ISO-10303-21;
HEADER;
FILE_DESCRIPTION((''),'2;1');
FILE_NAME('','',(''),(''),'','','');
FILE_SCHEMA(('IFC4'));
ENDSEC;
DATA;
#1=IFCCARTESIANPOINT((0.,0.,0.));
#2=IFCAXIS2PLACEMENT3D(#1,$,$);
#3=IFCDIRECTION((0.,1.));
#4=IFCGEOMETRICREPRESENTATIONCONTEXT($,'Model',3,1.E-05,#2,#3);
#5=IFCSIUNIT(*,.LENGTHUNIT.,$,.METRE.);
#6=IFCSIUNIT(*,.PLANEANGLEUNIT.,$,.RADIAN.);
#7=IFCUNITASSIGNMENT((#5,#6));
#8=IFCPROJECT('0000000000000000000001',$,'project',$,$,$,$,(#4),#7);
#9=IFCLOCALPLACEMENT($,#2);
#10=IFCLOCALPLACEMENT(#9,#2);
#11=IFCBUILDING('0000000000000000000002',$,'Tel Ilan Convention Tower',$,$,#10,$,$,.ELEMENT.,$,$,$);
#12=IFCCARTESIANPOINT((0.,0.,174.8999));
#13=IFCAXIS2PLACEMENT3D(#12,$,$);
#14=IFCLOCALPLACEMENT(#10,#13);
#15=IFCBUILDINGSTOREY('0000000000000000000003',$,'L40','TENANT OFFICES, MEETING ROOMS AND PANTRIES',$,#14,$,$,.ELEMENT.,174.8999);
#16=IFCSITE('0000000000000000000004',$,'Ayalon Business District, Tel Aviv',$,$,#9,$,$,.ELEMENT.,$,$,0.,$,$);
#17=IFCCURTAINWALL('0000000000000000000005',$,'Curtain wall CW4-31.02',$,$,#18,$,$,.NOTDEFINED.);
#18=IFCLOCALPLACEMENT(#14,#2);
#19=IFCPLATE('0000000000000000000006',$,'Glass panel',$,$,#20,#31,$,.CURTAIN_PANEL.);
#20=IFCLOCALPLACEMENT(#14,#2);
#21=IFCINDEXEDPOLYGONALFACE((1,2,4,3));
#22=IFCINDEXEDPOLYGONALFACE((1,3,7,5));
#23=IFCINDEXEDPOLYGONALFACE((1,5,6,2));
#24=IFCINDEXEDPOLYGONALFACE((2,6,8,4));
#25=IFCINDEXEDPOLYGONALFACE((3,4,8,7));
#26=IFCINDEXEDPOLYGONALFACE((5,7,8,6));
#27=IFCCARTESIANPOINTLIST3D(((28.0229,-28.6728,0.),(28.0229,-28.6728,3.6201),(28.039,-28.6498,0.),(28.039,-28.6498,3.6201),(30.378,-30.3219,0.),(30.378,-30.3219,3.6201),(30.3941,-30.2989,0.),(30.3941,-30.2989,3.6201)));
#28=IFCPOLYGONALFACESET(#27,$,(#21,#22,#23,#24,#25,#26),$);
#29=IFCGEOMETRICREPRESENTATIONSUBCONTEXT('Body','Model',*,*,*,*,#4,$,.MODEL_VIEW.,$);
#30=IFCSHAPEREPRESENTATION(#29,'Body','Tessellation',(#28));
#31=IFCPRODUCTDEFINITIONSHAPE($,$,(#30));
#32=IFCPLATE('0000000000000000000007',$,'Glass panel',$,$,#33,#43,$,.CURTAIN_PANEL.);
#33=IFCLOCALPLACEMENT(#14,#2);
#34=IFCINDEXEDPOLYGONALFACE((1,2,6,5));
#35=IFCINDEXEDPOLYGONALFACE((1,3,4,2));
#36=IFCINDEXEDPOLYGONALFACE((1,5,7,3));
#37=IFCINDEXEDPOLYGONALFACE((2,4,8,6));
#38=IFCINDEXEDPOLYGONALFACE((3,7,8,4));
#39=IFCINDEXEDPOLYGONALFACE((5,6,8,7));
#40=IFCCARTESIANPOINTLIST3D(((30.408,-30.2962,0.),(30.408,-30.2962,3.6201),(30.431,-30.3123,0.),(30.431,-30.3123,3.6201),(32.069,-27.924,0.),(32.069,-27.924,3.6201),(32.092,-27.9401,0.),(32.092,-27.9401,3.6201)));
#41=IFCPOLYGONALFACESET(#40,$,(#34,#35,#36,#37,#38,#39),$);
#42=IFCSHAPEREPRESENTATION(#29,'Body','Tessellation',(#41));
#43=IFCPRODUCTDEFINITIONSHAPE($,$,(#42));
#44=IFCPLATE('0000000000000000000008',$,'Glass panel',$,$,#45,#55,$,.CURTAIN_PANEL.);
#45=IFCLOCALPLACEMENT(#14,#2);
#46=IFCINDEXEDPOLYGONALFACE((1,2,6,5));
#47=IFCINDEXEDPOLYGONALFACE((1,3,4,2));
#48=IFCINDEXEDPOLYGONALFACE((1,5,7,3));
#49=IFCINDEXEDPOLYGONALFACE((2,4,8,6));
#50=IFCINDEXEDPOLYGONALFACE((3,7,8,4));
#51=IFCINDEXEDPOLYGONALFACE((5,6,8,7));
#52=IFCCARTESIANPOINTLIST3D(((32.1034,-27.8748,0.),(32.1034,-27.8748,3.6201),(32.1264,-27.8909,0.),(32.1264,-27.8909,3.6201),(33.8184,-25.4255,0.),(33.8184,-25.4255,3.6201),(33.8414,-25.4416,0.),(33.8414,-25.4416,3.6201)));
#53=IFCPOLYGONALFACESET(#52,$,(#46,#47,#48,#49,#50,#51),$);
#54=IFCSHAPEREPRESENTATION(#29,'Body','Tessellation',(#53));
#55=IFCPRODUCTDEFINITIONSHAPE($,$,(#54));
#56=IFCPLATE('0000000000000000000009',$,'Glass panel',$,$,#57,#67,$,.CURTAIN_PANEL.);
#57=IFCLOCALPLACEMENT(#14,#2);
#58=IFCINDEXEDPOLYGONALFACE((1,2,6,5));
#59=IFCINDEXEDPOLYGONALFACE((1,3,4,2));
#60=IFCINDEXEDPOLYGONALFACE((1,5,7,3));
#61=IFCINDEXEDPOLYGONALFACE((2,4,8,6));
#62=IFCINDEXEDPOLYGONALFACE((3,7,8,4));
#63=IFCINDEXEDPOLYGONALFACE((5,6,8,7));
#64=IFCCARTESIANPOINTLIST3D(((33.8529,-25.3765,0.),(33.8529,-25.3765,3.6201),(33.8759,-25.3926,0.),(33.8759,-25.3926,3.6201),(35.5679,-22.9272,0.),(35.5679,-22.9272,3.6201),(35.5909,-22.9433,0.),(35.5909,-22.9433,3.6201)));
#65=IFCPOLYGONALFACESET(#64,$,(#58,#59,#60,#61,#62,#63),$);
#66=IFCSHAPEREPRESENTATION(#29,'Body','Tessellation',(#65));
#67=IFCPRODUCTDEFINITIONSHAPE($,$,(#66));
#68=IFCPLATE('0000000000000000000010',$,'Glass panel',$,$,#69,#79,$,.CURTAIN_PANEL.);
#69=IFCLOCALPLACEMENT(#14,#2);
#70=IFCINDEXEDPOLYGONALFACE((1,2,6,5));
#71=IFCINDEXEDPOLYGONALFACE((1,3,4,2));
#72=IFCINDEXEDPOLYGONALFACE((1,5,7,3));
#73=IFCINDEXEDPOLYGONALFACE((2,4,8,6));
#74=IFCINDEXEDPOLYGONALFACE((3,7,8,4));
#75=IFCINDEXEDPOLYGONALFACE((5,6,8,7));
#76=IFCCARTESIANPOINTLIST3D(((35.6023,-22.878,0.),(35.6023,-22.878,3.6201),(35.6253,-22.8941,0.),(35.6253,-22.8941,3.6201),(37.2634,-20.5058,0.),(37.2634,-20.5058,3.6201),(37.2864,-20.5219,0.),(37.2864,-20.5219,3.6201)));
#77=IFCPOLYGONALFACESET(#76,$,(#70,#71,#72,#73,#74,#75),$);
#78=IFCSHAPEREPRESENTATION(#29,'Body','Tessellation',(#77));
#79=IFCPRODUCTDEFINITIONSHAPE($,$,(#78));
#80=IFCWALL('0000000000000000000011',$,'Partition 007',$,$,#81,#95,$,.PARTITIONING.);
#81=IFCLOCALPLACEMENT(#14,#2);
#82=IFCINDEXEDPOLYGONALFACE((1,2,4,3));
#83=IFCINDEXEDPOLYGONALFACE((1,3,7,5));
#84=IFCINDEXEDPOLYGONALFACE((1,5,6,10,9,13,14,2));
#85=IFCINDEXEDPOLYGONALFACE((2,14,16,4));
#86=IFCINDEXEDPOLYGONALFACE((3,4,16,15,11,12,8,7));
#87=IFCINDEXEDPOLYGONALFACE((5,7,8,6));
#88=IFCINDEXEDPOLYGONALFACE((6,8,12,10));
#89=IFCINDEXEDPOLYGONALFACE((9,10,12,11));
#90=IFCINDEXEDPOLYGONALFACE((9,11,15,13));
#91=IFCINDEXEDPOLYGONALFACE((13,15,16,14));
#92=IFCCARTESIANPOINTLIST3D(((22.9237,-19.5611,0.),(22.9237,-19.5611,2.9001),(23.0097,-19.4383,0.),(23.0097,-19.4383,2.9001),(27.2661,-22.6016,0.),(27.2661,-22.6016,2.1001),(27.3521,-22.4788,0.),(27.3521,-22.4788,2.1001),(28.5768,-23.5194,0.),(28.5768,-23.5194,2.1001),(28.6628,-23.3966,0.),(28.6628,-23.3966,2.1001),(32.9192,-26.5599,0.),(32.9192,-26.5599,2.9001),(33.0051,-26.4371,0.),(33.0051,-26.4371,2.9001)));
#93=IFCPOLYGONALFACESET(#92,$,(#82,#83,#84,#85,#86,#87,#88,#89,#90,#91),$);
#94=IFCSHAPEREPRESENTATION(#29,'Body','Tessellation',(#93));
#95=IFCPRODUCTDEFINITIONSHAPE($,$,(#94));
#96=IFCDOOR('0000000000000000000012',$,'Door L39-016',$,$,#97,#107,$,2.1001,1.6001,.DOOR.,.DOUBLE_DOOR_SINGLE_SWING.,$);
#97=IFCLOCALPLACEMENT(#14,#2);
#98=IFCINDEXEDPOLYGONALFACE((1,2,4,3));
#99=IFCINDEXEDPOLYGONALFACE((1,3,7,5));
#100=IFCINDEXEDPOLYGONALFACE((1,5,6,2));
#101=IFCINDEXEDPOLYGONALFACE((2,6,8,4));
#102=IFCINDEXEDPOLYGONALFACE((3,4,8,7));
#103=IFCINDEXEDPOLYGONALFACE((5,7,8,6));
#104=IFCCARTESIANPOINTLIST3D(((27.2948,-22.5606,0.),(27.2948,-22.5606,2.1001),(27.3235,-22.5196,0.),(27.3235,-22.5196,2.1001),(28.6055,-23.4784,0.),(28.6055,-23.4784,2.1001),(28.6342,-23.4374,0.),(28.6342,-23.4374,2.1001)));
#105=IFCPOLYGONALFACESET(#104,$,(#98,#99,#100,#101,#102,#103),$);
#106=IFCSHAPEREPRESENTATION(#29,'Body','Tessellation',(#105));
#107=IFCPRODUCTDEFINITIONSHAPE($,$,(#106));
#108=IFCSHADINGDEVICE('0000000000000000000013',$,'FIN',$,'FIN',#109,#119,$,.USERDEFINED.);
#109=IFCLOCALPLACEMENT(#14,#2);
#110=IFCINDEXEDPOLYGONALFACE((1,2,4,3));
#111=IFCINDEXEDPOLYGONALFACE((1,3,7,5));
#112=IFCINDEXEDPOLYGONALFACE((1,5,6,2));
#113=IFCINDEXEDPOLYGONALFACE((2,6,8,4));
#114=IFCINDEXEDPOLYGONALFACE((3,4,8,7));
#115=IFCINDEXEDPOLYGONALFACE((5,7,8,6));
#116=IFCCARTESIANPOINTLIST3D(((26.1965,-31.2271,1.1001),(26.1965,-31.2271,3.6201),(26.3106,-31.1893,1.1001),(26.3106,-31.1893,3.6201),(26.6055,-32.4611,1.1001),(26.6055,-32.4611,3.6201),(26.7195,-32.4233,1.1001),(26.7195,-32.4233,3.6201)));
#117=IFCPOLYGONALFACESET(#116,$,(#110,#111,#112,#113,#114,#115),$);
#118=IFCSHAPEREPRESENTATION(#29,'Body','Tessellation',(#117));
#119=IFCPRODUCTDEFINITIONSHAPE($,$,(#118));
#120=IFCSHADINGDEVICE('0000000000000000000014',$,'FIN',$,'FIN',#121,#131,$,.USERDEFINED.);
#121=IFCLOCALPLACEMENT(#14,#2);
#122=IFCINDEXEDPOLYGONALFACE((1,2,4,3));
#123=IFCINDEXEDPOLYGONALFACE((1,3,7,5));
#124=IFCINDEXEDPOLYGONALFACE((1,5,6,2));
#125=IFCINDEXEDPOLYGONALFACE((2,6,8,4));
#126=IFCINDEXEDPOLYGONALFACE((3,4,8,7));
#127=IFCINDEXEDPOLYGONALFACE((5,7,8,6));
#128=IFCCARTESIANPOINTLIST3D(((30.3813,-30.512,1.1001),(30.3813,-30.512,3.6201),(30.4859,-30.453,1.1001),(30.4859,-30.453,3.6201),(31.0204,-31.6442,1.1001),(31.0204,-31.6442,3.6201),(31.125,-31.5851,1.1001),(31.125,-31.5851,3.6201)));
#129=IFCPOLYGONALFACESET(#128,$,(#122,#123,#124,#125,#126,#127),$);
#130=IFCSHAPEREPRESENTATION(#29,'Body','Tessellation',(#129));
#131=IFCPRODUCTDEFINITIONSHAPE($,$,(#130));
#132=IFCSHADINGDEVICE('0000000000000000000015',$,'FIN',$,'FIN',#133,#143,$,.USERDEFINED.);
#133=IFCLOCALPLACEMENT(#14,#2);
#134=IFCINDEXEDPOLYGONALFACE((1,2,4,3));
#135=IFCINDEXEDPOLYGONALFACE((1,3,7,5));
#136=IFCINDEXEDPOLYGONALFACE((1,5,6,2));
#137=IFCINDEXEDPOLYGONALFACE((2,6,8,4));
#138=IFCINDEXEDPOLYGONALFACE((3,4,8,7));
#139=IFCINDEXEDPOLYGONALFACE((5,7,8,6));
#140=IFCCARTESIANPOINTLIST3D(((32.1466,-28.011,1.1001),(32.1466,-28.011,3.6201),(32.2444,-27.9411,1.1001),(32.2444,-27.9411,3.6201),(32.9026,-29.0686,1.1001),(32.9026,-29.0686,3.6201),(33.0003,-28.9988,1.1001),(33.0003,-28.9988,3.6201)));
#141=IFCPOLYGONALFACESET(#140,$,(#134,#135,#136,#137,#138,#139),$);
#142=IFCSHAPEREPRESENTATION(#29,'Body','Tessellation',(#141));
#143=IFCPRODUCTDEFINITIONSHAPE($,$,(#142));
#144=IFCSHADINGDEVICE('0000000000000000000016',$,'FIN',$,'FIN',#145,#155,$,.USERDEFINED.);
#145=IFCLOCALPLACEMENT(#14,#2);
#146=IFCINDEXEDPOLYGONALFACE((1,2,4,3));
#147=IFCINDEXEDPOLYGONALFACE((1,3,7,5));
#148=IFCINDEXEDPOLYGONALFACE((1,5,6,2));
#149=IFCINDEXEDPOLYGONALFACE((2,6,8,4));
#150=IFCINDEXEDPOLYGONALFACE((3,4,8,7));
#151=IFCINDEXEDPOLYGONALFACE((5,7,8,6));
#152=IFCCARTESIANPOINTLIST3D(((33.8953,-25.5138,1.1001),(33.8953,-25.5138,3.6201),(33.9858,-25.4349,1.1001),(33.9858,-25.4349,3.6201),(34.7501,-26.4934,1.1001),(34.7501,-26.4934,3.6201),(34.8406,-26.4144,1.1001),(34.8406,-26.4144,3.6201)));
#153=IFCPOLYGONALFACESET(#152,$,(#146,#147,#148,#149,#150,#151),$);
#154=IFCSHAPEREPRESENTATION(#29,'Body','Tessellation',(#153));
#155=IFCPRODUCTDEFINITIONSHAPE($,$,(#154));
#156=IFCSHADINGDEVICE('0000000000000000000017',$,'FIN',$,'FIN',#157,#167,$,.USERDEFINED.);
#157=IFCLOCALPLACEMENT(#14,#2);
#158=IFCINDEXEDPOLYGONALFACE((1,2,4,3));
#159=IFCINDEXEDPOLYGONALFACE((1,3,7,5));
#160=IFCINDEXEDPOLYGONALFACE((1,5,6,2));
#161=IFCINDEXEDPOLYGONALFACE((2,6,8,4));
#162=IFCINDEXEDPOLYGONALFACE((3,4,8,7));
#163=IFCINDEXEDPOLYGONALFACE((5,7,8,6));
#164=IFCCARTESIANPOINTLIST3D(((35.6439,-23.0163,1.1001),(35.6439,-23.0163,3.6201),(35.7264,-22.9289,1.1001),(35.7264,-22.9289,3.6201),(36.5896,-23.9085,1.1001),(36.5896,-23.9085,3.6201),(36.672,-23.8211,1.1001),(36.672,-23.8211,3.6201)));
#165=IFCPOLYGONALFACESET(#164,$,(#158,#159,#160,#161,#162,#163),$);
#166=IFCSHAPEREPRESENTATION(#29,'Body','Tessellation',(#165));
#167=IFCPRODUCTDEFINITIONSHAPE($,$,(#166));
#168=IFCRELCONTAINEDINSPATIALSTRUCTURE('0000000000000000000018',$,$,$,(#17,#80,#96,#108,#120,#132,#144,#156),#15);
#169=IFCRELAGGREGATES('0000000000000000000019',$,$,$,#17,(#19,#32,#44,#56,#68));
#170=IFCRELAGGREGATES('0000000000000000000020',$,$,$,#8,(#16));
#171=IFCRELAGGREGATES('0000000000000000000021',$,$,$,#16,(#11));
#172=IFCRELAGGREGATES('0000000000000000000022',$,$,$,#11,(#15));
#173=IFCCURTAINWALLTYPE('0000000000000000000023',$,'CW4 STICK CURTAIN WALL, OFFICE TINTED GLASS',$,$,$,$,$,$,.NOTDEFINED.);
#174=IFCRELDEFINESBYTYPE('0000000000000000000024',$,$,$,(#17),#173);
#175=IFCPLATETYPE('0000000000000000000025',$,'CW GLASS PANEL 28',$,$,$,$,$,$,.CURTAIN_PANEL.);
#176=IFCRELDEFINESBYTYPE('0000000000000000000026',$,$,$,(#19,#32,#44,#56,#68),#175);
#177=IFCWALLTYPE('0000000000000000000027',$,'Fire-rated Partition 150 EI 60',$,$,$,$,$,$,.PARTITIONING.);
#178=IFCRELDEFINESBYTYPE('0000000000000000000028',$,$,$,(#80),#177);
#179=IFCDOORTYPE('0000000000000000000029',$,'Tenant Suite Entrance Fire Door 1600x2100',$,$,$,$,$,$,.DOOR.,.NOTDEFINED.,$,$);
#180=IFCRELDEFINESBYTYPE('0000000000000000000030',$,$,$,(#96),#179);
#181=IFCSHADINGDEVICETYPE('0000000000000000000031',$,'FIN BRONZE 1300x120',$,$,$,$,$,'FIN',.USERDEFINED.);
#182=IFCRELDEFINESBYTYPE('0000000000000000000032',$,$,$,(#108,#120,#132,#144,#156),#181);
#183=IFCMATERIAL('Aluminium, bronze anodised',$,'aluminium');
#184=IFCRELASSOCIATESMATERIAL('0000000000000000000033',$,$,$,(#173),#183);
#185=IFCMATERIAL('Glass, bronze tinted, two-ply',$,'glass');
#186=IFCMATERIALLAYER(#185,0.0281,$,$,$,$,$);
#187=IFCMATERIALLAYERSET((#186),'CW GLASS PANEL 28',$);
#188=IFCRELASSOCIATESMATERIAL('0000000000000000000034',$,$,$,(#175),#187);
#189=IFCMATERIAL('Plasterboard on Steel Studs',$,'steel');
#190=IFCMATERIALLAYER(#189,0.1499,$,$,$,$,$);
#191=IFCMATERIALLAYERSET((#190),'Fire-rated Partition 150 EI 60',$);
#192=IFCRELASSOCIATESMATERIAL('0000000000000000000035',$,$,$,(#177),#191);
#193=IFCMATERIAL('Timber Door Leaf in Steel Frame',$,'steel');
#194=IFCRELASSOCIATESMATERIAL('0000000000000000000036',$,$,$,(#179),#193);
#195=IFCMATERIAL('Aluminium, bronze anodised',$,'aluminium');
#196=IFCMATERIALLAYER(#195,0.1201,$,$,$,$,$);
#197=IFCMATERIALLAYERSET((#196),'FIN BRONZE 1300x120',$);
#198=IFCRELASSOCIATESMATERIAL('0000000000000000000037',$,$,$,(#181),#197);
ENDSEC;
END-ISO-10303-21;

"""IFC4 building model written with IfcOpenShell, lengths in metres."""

from ifc_helpers import new_model, si_unit, direction, frame, frame_2d, origin, origin_2d, place, context, subcontext, project, spatial, rectangle, extrude, material, layer, layer_set, type_object, element, fill, aggregate, save


model = new_model("IFC4")

# Units and contexts
model_context = context("Model", 3, precision=1e-05, world=origin(), true_north=direction((0.0, 1.0)))
body_context = subcontext(model_context, "Body", "Model", "MODEL_VIEW")
ifc_project = project(units=[si_unit("LENGTHUNIT", "METRE"), si_unit("PLANEANGLEUNIT", "RADIAN")], contexts=[model_context])

# Site, building, storey
site_placement = place(None, origin())
site = spatial("IfcSite", under=ifc_project, at=site_placement, Name="Ayalon Business District, Tel Aviv", CompositionType="ELEMENT", RefElevation=0.0)
building_placement = place(site_placement, origin())
building = spatial("IfcBuilding", under=site, at=building_placement, Name="Tel Ilan Convention Tower", CompositionType="ELEMENT")
storey_placement = place(building_placement, frame((0.0, 0.0, 174.8999)))
storey = spatial("IfcBuildingStorey", under=building, at=storey_placement, Name="L40", Description="TENANT OFFICES, MEETING ROOMS AND PANTRIES", CompositionType="ELEMENT", Elevation=174.8999)

# Curtain wall, plates
ifc_material_1 = material(Name="Aluminium, bronze anodised", Category="aluminium")
curtain_wall_type = type_object("IfcCurtainWallType", Name="CW4 STICK CURTAIN WALL, OFFICE TINTED GLASS", PredefinedType="NOTDEFINED", material=ifc_material_1)
curtain_wall_placement = place(storey_placement, origin())
curtain_wall = element("IfcCurtainWall", 1, at=curtain_wall_placement, inside=storey, type_object=curtain_wall_type, Name="Curtain wall CW4-31.02", PredefinedType="NOTDEFINED")
ifc_material_2 = material(Name="Glass, bronze tinted, two-ply", Category="glass")
ifc_layer_1 = layer(ifc_material_2, 0.0281)
ifc_layer_set_1 = layer_set([ifc_layer_1], Name="CW GLASS PANEL 28")
plate_type = type_object("IfcPlateType", Name="CW GLASS PANEL 28", PredefinedType="CURTAIN_PANEL", material=ifc_layer_set_1)
plate_1_placement = place(storey_placement, frame((29.2085, -29.4858, 0.0), z_axis=(0.0, 0.0, 1.0), x_axis=(0.819152, -0.573576, 0.0)))
plate_1 = element("IfcPlate", 2, at=plate_1_placement, type_object=plate_type, Name="Glass panel", PredefinedType="CURTAIN_PANEL", context=body_context, shape_type="SweptSolid", body=[
    extrude(rectangle(XDim=2.875, YDim=0.0281, at=origin_2d()), origin(), (0.0, 0.0, 1.0), 3.6201),
])
plate_2_placement = place(storey_placement, frame((31.25, -29.1182, 0.0), z_axis=(0.0, 0.0, 1.0), x_axis=(0.573576, 0.819152, 0.0)))
plate_2 = element("IfcPlate", 3, at=plate_2_placement, type_object=plate_type, Name="Glass panel", PredefinedType="CURTAIN_PANEL", context=body_context, shape_type="SweptSolid", body=[
    extrude(rectangle(XDim=2.896, YDim=0.0281, at=origin_2d()), origin(), (0.0, 0.0, 1.0), 3.6201),
])
plate_3_placement = place(storey_placement, frame((32.9724, -26.6582, 0.0), z_axis=(0.0, 0.0, 1.0), x_axis=(0.573576, 0.819152, 0.0)))
plate_3 = element("IfcPlate", 4, at=plate_3_placement, type_object=plate_type, Name="Glass panel", PredefinedType="CURTAIN_PANEL", context=body_context, shape_type="SweptSolid", body=[
    extrude(rectangle(XDim=2.99, YDim=0.0281, at=origin_2d()), origin(), (0.0, 0.0, 1.0), 3.6201),
])
plate_4_placement = place(storey_placement, frame((34.7219, -24.1599, 0.0), z_axis=(0.0, 0.0, 1.0), x_axis=(0.573576, 0.819152, 0.0)))
plate_4 = element("IfcPlate", 5, at=plate_4_placement, type_object=plate_type, Name="Glass panel", PredefinedType="CURTAIN_PANEL", context=body_context, shape_type="SweptSolid", body=[
    extrude(rectangle(XDim=2.99, YDim=0.0281, at=origin_2d()), origin(), (0.0, 0.0, 1.0), 3.6201),
])
plate_5_placement = place(storey_placement, frame((36.4443, -21.7, 0.0), z_axis=(0.0, 0.0, 1.0), x_axis=(0.573576, 0.819152, 0.0)))
plate_5 = element("IfcPlate", 6, at=plate_5_placement, type_object=plate_type, Name="Glass panel", PredefinedType="CURTAIN_PANEL", context=body_context, shape_type="SweptSolid", body=[
    extrude(rectangle(XDim=2.896, YDim=0.0281, at=origin_2d()), origin(), (0.0, 0.0, 1.0), 3.6201),
])
aggregate(curtain_wall, [plate_1, plate_2, plate_3, plate_4, plate_5])

# Wall, opening, door
ifc_material_3 = material(Name="Plasterboard on Steel Studs", Category="steel")
ifc_layer_2 = layer(ifc_material_3, 0.1499)
ifc_layer_set_2 = layer_set([ifc_layer_2], Name="Fire-rated Partition 150 EI 60")
wall_type = type_object("IfcWallType", Name="Fire-rated Partition 150 EI 60", PredefinedType="PARTITIONING", material=ifc_layer_set_2)
wall_placement = place(storey_placement, frame((32.9622, -26.4985, 0.0), z_axis=(0.0, 0.0, 1.0), x_axis=(-0.819154, 0.573574, 0.0)))
wall = element("IfcWall", 7, at=wall_placement, inside=storey, type_object=wall_type, Name="Partition 007", PredefinedType="PARTITIONING", context=body_context, shape_type="SweptSolid", body=[
    extrude(rectangle(XDim=12.2021, YDim=0.1499, at=frame_2d((6.1011, 0.0))), origin(), (0.0, 0.0, 1.0), 2.9001),
])
opening_placement = place(wall_placement, frame((5.301, 0.0, 0.0)))
opening = element("IfcOpeningElement", 8, at=opening_placement, cuts=wall, PredefinedType="OPENING", context=body_context, shape_type="SweptSolid", body=[
    extrude(rectangle(XDim=1.6001, YDim=2.1001, at=frame_2d((0.8, 1.05))), frame((0.0, 0.085, 0.0), z_axis=(0.0, -1.0, 0.0), x_axis=(1.0, 0.0, 0.0)), (0.0, 0.0, 1.0), 0.1699),
])
ifc_material_4 = material(Name="Timber Door Leaf in Steel Frame", Category="steel")
door_type = type_object("IfcDoorType", Name="Tenant Suite Entrance Fire Door 1600x2100", OperationType="NOTDEFINED", PredefinedType="DOOR", material=ifc_material_4)
door_placement = place(opening_placement, origin())
door = element("IfcDoor", 9, at=door_placement, inside=storey, type_object=door_type, Name="Door L39-016", OperationType="DOUBLE_DOOR_SINGLE_SWING", OverallHeight=2.1001, OverallWidth=1.6001, PredefinedType="DOOR", context=body_context, shape_type="SweptSolid", body=[
    extrude(rectangle(XDim=1.6001, YDim=2.1001, at=frame_2d((0.8, 1.05))), frame((0.0, 0.0249, 0.0), z_axis=(0.0, -1.0, 0.0), x_axis=(1.0, 0.0, 0.0)), (0.0, 0.0, 1.0), 0.05),
])
fill(opening, door)

# Shading devices
ifc_material_5 = material(Name="Aluminium, bronze anodised", Category="aluminium")
ifc_layer_3 = layer(ifc_material_5, 0.1201)
ifc_layer_set_3 = layer_set([ifc_layer_3], Name="FIN BRONZE 1300x120")
shading_device_type = type_object("IfcShadingDeviceType", Name="FIN BRONZE 1300x120", ElementType="FIN", PredefinedType="USERDEFINED", material=ifc_layer_set_3)
for number, where, z_axis, x_axis, name in (
    (10, (26.458, -31.8252, 1.1001), (0.0, 0.0, 1.0), (0.314545, -0.949243, 0.0), "FIN"),
    (11, (30.7532, -31.0486, 1.1001), (0.0, 0.0, 1.0), (0.491579, -0.870833, 0.0), "FIN"),
    (12, (32.5735, -28.5049, 1.1001), (0.0, 0.0, 1.0), (0.581492, -0.813552, 0.0), "FIN"),
    (13, (34.3679, -25.9641, 1.1001), (0.0, 0.0, 1.0), (0.657521, -0.753436, 0.0), "FIN"),
    (14, (36.158, -23.4187, 1.1001), (0.0, 0.0, 1.0), (0.727374, -0.686242, 0.0), "FIN"),
):
    element("IfcShadingDevice", number, at=place(storey_placement, frame(where, z_axis=z_axis, x_axis=x_axis)), inside=storey, type_object=shading_device_type, Name=name, ObjectType="FIN", PredefinedType="USERDEFINED", context=body_context, shape_type="SweptSolid", body=[
        extrude(rectangle(XDim=1.3, YDim=0.1201, at=origin_2d()), origin(), (0.0, 0.0, 1.0), 2.52),
    ])

save(model, "model.ifc")
